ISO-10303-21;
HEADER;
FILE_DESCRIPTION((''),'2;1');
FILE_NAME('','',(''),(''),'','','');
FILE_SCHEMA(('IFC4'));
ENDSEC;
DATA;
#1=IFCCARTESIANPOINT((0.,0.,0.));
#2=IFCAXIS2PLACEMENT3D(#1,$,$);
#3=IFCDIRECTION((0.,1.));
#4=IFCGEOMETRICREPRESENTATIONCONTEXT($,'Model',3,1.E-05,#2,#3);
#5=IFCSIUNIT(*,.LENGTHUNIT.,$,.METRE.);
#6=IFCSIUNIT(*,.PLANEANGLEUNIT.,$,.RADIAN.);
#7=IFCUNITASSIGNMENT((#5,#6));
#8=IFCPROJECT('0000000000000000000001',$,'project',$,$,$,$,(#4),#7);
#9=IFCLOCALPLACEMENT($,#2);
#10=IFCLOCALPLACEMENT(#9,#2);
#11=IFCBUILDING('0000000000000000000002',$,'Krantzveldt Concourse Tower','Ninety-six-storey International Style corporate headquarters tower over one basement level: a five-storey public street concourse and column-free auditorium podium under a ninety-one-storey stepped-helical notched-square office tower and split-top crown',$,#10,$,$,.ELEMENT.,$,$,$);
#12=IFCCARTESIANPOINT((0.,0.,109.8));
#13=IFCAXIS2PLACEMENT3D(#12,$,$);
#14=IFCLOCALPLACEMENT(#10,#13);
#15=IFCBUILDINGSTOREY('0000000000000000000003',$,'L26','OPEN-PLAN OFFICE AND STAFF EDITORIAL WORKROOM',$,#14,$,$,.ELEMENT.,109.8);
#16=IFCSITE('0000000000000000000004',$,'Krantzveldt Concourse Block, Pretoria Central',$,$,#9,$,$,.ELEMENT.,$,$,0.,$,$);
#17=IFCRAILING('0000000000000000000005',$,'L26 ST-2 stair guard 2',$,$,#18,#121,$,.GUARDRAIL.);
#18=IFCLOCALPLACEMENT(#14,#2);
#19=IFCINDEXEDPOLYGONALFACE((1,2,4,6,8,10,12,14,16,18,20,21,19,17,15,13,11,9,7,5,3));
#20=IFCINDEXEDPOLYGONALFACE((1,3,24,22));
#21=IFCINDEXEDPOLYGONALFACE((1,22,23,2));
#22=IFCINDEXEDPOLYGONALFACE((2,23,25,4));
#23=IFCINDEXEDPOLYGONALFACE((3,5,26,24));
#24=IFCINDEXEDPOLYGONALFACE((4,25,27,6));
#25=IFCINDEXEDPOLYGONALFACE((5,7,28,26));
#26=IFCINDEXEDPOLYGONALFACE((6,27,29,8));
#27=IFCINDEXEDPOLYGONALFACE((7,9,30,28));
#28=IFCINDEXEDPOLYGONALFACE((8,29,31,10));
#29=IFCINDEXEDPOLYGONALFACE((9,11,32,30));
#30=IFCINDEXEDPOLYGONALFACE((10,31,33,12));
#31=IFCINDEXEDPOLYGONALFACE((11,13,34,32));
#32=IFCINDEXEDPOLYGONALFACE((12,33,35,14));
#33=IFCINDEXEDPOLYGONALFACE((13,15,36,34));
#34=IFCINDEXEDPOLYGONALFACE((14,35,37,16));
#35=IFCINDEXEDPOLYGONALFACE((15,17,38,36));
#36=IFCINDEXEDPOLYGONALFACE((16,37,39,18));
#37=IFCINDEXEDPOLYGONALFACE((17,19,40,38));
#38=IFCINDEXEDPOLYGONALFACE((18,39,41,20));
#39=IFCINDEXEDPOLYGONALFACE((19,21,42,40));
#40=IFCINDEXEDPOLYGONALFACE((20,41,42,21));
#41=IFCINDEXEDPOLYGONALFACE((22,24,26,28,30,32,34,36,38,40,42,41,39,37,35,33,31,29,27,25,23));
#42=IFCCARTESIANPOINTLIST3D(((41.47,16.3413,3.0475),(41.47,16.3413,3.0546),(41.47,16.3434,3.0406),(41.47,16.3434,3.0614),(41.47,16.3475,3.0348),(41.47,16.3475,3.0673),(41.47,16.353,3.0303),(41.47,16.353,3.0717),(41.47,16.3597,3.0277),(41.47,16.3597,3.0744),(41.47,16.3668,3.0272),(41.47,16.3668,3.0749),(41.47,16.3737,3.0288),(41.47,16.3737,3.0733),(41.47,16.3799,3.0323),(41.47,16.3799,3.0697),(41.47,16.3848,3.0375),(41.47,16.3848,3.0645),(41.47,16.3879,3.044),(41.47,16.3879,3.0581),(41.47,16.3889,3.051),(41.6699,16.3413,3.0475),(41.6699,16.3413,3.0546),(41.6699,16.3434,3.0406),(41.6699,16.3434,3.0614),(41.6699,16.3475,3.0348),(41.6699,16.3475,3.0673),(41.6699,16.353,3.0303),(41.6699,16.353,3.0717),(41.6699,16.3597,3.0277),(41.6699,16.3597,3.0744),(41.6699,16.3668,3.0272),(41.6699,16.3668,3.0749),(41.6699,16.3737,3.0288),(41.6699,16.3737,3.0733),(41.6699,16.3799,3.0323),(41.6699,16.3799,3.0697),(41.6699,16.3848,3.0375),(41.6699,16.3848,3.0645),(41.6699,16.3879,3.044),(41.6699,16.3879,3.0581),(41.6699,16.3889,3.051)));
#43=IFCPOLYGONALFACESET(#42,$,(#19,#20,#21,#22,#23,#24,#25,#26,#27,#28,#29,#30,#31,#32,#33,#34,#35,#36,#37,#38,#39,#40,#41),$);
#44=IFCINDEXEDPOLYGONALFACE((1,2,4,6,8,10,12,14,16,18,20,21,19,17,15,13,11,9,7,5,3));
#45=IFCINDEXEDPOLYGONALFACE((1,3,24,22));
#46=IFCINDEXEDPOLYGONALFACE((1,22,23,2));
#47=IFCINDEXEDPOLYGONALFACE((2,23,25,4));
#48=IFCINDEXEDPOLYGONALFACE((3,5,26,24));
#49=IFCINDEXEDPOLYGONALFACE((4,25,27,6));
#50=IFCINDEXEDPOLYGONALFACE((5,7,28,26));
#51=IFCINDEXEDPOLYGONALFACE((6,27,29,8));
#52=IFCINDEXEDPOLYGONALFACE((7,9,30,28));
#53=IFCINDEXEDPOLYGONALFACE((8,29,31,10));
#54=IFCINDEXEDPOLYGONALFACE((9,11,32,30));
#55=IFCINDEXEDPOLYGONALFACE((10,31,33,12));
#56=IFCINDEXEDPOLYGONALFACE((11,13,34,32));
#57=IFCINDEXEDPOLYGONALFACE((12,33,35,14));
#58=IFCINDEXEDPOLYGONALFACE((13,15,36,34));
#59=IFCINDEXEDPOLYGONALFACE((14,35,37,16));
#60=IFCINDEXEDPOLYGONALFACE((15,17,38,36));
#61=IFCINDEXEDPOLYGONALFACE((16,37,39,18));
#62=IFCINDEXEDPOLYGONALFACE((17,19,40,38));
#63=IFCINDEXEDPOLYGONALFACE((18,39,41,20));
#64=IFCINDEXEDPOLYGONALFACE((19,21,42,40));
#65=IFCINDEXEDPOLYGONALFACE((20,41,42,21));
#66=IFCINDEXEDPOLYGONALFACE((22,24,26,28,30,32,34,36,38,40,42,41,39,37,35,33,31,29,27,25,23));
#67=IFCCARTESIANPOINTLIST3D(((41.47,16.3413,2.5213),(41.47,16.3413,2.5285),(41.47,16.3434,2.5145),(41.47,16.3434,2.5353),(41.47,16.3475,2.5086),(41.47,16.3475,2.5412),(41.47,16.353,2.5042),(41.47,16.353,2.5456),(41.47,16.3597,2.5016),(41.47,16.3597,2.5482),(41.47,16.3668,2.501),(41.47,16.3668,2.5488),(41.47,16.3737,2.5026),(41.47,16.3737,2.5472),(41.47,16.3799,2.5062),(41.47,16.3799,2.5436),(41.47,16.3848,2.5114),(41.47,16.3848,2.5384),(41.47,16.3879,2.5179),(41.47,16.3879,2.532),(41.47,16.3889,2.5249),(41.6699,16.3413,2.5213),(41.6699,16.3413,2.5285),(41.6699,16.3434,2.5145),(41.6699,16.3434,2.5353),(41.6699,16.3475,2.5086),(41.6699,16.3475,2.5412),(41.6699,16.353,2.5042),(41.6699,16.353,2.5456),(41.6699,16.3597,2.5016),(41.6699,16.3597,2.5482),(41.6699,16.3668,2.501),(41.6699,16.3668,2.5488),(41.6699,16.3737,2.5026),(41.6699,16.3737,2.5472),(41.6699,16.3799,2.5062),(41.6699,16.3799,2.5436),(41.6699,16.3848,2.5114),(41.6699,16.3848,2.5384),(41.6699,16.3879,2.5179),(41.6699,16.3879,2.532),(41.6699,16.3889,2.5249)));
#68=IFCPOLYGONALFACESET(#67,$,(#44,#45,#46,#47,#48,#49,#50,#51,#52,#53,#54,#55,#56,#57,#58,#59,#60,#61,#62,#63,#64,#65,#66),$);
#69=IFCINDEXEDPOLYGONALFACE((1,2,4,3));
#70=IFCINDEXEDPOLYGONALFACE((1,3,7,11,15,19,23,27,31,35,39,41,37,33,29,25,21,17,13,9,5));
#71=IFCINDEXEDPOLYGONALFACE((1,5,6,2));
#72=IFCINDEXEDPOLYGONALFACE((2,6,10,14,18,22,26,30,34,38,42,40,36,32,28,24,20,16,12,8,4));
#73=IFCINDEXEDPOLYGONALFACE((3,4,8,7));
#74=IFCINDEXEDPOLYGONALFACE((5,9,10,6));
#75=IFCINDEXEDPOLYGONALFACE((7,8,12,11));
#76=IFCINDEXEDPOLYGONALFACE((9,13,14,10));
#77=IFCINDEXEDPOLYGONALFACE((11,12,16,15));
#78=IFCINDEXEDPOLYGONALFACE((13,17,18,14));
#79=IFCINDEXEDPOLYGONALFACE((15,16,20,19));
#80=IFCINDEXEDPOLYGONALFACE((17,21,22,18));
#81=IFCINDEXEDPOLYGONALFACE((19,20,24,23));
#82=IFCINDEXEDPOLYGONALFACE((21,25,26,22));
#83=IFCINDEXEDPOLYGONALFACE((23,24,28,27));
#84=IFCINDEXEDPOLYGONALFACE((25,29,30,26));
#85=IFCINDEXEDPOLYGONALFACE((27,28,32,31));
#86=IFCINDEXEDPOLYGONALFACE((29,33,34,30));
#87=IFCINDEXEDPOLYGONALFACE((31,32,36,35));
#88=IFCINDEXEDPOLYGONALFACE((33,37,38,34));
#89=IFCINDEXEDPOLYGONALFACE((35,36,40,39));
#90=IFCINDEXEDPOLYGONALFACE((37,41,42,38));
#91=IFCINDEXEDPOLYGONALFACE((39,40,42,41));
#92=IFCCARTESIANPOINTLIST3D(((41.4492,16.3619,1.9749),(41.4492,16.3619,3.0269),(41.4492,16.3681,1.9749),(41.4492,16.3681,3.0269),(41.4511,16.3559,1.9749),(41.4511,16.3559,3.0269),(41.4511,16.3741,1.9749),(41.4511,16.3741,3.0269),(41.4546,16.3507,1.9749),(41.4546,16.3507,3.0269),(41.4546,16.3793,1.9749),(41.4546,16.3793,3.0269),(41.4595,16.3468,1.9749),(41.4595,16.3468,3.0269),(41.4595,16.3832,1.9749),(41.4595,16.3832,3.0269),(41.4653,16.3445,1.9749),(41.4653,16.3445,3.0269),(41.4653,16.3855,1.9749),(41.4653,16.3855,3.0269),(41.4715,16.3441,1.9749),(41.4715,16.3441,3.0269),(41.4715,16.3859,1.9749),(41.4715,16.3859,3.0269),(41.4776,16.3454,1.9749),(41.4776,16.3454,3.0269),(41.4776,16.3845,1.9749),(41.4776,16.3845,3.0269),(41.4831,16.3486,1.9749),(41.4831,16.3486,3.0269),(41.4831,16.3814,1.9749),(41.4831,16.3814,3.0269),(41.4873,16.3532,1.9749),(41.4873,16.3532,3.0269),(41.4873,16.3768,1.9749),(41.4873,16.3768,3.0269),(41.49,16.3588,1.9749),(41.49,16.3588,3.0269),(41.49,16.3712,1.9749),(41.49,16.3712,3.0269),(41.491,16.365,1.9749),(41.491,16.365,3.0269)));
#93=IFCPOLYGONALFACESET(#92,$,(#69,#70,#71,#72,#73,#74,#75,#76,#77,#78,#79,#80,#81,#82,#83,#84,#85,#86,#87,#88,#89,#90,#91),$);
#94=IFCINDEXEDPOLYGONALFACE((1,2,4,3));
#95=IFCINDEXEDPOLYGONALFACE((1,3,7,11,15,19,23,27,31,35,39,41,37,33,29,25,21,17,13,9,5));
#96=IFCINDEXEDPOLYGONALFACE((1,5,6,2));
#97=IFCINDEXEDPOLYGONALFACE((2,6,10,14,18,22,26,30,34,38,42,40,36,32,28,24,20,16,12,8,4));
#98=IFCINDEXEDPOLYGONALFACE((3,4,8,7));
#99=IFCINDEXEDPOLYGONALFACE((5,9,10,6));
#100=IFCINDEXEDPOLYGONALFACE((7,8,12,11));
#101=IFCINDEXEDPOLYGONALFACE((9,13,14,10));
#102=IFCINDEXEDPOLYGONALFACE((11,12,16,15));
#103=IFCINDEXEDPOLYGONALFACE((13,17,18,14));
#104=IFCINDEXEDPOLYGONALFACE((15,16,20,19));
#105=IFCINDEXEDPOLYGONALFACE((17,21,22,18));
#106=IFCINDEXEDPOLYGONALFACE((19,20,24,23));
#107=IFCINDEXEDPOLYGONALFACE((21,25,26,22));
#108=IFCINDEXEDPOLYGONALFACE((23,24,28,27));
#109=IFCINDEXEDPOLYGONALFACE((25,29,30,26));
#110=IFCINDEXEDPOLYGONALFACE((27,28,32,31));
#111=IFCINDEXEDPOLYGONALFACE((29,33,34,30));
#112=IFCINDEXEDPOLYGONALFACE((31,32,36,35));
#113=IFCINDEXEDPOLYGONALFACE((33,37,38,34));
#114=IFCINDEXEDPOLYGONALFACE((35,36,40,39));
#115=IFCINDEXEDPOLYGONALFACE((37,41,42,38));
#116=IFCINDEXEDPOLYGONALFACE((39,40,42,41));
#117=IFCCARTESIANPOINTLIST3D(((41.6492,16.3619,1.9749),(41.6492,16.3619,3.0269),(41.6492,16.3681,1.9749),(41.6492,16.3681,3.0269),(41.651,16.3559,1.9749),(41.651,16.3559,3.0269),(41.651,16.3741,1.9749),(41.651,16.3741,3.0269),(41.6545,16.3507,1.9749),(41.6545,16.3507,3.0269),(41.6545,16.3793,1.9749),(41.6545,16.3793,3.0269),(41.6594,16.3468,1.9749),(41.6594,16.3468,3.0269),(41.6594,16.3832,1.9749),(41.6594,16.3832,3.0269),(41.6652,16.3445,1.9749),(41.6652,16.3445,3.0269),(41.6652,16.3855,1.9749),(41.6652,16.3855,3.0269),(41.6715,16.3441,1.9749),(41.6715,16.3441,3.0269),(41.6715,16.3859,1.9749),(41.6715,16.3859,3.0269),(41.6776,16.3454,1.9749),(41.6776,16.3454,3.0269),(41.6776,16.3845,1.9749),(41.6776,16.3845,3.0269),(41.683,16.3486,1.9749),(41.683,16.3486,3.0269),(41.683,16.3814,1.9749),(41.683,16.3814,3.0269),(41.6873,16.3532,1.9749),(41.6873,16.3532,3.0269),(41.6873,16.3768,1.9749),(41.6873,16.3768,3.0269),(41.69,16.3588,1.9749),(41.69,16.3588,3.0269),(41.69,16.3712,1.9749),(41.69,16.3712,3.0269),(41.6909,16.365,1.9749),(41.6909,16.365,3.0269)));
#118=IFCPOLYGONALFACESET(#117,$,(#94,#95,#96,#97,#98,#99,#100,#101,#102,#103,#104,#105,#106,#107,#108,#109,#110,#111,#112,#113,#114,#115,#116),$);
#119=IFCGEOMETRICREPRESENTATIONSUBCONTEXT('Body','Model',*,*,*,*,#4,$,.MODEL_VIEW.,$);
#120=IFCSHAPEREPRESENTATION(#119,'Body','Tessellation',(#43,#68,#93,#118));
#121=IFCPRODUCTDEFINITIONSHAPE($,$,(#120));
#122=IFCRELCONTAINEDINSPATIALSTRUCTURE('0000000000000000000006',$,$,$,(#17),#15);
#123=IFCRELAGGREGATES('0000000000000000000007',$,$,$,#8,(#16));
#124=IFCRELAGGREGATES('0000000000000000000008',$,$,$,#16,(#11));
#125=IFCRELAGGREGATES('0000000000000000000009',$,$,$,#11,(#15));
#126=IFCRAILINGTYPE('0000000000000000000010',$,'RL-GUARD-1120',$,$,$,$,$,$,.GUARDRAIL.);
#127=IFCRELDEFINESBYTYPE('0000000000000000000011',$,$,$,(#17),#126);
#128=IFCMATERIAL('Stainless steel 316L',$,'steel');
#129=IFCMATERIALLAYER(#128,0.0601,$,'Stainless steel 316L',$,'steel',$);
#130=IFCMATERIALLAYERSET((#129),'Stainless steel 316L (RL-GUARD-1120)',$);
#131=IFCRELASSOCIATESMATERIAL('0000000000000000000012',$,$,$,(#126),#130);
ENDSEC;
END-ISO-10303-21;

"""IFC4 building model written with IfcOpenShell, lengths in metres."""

from ifc_helpers import new_model, si_unit, direction, frame, origin, origin_2d, place, context, subcontext, project, spatial, circle, extrude, material, layer, layer_set, type_object, element, save


model = new_model("IFC4")

# Units and contexts
model_context = context("Model", 3, precision=1e-05, world=origin(), true_north=direction((0.0, 1.0)))
body_context = subcontext(model_context, "Body", "Model", "MODEL_VIEW")
ifc_project = project(units=[si_unit("LENGTHUNIT", "METRE"), si_unit("PLANEANGLEUNIT", "RADIAN")], contexts=[model_context])

# Site, building, storey
site_placement = place(None, origin())
site = spatial("IfcSite", under=ifc_project, at=site_placement, Name="Krantzveldt Concourse Block, Pretoria Central", CompositionType="ELEMENT", RefElevation=0.0)
building_placement = place(site_placement, origin())
building = spatial("IfcBuilding", under=site, at=building_placement, Name="Krantzveldt Concourse Tower", Description="Ninety-six-storey International Style corporate headquarters tower over one basement level: a five-storey public street concourse and column-free auditorium podium under a ninety-one-storey stepped-helical notched-square office tower and split-top crown", CompositionType="ELEMENT")
storey_placement = place(building_placement, frame((0.0, 0.0, 109.8)))
storey = spatial("IfcBuildingStorey", under=building, at=storey_placement, Name="L26", Description="OPEN-PLAN OFFICE AND STAFF EDITORIAL WORKROOM", CompositionType="ELEMENT", Elevation=109.8)

# Shared definitions
ifc_material_1 = material(Name="Stainless steel 316L", Category="steel")

# Railing
ifc_layer_1 = layer(ifc_material_1, 0.0601, Name="Stainless steel 316L", Category="steel")
ifc_layer_set_1 = layer_set([ifc_layer_1], Name="Stainless steel 316L (RL-GUARD-1120)")
railing_type_1 = type_object("IfcRailingType", Name="RL-GUARD-1120", PredefinedType="GUARDRAIL", material=ifc_layer_set_1)
railing_1_placement = place(storey_placement, frame((41.47, 16.365, 1.9749)))
element("IfcRailing", 1, at=railing_1_placement, inside=storey, type_object=railing_type_1, Name="L26 ST-2 stair guard 2", PredefinedType="GUARDRAIL", context=body_context, shape_type="SweptSolid", body=[
    extrude(circle(Radius=0.0239, at=origin_2d()), frame((0.0, 0.0, 1.0762), z_axis=(1.0, 0.0, 0.0), x_axis=(0.0, 1.0, 0.0)), (0.0, 0.0, 1.0), 0.2),
    extrude(circle(Radius=0.0239, at=origin_2d()), frame((0.0, 0.0, 0.55), z_axis=(1.0, 0.0, 0.0), x_axis=(0.0, 1.0, 0.0)), (0.0, 0.0, 1.0), 0.2),
    extrude(circle(Radius=0.021, at=origin_2d()), origin(), (0.0, 0.0, 1.0), 1.052),
    extrude(circle(Radius=0.021, at=origin_2d()), frame((0.2, 0.0, 0.0)), (0.0, 0.0, 1.0), 1.052),
])

save(model, "model.ifc")
